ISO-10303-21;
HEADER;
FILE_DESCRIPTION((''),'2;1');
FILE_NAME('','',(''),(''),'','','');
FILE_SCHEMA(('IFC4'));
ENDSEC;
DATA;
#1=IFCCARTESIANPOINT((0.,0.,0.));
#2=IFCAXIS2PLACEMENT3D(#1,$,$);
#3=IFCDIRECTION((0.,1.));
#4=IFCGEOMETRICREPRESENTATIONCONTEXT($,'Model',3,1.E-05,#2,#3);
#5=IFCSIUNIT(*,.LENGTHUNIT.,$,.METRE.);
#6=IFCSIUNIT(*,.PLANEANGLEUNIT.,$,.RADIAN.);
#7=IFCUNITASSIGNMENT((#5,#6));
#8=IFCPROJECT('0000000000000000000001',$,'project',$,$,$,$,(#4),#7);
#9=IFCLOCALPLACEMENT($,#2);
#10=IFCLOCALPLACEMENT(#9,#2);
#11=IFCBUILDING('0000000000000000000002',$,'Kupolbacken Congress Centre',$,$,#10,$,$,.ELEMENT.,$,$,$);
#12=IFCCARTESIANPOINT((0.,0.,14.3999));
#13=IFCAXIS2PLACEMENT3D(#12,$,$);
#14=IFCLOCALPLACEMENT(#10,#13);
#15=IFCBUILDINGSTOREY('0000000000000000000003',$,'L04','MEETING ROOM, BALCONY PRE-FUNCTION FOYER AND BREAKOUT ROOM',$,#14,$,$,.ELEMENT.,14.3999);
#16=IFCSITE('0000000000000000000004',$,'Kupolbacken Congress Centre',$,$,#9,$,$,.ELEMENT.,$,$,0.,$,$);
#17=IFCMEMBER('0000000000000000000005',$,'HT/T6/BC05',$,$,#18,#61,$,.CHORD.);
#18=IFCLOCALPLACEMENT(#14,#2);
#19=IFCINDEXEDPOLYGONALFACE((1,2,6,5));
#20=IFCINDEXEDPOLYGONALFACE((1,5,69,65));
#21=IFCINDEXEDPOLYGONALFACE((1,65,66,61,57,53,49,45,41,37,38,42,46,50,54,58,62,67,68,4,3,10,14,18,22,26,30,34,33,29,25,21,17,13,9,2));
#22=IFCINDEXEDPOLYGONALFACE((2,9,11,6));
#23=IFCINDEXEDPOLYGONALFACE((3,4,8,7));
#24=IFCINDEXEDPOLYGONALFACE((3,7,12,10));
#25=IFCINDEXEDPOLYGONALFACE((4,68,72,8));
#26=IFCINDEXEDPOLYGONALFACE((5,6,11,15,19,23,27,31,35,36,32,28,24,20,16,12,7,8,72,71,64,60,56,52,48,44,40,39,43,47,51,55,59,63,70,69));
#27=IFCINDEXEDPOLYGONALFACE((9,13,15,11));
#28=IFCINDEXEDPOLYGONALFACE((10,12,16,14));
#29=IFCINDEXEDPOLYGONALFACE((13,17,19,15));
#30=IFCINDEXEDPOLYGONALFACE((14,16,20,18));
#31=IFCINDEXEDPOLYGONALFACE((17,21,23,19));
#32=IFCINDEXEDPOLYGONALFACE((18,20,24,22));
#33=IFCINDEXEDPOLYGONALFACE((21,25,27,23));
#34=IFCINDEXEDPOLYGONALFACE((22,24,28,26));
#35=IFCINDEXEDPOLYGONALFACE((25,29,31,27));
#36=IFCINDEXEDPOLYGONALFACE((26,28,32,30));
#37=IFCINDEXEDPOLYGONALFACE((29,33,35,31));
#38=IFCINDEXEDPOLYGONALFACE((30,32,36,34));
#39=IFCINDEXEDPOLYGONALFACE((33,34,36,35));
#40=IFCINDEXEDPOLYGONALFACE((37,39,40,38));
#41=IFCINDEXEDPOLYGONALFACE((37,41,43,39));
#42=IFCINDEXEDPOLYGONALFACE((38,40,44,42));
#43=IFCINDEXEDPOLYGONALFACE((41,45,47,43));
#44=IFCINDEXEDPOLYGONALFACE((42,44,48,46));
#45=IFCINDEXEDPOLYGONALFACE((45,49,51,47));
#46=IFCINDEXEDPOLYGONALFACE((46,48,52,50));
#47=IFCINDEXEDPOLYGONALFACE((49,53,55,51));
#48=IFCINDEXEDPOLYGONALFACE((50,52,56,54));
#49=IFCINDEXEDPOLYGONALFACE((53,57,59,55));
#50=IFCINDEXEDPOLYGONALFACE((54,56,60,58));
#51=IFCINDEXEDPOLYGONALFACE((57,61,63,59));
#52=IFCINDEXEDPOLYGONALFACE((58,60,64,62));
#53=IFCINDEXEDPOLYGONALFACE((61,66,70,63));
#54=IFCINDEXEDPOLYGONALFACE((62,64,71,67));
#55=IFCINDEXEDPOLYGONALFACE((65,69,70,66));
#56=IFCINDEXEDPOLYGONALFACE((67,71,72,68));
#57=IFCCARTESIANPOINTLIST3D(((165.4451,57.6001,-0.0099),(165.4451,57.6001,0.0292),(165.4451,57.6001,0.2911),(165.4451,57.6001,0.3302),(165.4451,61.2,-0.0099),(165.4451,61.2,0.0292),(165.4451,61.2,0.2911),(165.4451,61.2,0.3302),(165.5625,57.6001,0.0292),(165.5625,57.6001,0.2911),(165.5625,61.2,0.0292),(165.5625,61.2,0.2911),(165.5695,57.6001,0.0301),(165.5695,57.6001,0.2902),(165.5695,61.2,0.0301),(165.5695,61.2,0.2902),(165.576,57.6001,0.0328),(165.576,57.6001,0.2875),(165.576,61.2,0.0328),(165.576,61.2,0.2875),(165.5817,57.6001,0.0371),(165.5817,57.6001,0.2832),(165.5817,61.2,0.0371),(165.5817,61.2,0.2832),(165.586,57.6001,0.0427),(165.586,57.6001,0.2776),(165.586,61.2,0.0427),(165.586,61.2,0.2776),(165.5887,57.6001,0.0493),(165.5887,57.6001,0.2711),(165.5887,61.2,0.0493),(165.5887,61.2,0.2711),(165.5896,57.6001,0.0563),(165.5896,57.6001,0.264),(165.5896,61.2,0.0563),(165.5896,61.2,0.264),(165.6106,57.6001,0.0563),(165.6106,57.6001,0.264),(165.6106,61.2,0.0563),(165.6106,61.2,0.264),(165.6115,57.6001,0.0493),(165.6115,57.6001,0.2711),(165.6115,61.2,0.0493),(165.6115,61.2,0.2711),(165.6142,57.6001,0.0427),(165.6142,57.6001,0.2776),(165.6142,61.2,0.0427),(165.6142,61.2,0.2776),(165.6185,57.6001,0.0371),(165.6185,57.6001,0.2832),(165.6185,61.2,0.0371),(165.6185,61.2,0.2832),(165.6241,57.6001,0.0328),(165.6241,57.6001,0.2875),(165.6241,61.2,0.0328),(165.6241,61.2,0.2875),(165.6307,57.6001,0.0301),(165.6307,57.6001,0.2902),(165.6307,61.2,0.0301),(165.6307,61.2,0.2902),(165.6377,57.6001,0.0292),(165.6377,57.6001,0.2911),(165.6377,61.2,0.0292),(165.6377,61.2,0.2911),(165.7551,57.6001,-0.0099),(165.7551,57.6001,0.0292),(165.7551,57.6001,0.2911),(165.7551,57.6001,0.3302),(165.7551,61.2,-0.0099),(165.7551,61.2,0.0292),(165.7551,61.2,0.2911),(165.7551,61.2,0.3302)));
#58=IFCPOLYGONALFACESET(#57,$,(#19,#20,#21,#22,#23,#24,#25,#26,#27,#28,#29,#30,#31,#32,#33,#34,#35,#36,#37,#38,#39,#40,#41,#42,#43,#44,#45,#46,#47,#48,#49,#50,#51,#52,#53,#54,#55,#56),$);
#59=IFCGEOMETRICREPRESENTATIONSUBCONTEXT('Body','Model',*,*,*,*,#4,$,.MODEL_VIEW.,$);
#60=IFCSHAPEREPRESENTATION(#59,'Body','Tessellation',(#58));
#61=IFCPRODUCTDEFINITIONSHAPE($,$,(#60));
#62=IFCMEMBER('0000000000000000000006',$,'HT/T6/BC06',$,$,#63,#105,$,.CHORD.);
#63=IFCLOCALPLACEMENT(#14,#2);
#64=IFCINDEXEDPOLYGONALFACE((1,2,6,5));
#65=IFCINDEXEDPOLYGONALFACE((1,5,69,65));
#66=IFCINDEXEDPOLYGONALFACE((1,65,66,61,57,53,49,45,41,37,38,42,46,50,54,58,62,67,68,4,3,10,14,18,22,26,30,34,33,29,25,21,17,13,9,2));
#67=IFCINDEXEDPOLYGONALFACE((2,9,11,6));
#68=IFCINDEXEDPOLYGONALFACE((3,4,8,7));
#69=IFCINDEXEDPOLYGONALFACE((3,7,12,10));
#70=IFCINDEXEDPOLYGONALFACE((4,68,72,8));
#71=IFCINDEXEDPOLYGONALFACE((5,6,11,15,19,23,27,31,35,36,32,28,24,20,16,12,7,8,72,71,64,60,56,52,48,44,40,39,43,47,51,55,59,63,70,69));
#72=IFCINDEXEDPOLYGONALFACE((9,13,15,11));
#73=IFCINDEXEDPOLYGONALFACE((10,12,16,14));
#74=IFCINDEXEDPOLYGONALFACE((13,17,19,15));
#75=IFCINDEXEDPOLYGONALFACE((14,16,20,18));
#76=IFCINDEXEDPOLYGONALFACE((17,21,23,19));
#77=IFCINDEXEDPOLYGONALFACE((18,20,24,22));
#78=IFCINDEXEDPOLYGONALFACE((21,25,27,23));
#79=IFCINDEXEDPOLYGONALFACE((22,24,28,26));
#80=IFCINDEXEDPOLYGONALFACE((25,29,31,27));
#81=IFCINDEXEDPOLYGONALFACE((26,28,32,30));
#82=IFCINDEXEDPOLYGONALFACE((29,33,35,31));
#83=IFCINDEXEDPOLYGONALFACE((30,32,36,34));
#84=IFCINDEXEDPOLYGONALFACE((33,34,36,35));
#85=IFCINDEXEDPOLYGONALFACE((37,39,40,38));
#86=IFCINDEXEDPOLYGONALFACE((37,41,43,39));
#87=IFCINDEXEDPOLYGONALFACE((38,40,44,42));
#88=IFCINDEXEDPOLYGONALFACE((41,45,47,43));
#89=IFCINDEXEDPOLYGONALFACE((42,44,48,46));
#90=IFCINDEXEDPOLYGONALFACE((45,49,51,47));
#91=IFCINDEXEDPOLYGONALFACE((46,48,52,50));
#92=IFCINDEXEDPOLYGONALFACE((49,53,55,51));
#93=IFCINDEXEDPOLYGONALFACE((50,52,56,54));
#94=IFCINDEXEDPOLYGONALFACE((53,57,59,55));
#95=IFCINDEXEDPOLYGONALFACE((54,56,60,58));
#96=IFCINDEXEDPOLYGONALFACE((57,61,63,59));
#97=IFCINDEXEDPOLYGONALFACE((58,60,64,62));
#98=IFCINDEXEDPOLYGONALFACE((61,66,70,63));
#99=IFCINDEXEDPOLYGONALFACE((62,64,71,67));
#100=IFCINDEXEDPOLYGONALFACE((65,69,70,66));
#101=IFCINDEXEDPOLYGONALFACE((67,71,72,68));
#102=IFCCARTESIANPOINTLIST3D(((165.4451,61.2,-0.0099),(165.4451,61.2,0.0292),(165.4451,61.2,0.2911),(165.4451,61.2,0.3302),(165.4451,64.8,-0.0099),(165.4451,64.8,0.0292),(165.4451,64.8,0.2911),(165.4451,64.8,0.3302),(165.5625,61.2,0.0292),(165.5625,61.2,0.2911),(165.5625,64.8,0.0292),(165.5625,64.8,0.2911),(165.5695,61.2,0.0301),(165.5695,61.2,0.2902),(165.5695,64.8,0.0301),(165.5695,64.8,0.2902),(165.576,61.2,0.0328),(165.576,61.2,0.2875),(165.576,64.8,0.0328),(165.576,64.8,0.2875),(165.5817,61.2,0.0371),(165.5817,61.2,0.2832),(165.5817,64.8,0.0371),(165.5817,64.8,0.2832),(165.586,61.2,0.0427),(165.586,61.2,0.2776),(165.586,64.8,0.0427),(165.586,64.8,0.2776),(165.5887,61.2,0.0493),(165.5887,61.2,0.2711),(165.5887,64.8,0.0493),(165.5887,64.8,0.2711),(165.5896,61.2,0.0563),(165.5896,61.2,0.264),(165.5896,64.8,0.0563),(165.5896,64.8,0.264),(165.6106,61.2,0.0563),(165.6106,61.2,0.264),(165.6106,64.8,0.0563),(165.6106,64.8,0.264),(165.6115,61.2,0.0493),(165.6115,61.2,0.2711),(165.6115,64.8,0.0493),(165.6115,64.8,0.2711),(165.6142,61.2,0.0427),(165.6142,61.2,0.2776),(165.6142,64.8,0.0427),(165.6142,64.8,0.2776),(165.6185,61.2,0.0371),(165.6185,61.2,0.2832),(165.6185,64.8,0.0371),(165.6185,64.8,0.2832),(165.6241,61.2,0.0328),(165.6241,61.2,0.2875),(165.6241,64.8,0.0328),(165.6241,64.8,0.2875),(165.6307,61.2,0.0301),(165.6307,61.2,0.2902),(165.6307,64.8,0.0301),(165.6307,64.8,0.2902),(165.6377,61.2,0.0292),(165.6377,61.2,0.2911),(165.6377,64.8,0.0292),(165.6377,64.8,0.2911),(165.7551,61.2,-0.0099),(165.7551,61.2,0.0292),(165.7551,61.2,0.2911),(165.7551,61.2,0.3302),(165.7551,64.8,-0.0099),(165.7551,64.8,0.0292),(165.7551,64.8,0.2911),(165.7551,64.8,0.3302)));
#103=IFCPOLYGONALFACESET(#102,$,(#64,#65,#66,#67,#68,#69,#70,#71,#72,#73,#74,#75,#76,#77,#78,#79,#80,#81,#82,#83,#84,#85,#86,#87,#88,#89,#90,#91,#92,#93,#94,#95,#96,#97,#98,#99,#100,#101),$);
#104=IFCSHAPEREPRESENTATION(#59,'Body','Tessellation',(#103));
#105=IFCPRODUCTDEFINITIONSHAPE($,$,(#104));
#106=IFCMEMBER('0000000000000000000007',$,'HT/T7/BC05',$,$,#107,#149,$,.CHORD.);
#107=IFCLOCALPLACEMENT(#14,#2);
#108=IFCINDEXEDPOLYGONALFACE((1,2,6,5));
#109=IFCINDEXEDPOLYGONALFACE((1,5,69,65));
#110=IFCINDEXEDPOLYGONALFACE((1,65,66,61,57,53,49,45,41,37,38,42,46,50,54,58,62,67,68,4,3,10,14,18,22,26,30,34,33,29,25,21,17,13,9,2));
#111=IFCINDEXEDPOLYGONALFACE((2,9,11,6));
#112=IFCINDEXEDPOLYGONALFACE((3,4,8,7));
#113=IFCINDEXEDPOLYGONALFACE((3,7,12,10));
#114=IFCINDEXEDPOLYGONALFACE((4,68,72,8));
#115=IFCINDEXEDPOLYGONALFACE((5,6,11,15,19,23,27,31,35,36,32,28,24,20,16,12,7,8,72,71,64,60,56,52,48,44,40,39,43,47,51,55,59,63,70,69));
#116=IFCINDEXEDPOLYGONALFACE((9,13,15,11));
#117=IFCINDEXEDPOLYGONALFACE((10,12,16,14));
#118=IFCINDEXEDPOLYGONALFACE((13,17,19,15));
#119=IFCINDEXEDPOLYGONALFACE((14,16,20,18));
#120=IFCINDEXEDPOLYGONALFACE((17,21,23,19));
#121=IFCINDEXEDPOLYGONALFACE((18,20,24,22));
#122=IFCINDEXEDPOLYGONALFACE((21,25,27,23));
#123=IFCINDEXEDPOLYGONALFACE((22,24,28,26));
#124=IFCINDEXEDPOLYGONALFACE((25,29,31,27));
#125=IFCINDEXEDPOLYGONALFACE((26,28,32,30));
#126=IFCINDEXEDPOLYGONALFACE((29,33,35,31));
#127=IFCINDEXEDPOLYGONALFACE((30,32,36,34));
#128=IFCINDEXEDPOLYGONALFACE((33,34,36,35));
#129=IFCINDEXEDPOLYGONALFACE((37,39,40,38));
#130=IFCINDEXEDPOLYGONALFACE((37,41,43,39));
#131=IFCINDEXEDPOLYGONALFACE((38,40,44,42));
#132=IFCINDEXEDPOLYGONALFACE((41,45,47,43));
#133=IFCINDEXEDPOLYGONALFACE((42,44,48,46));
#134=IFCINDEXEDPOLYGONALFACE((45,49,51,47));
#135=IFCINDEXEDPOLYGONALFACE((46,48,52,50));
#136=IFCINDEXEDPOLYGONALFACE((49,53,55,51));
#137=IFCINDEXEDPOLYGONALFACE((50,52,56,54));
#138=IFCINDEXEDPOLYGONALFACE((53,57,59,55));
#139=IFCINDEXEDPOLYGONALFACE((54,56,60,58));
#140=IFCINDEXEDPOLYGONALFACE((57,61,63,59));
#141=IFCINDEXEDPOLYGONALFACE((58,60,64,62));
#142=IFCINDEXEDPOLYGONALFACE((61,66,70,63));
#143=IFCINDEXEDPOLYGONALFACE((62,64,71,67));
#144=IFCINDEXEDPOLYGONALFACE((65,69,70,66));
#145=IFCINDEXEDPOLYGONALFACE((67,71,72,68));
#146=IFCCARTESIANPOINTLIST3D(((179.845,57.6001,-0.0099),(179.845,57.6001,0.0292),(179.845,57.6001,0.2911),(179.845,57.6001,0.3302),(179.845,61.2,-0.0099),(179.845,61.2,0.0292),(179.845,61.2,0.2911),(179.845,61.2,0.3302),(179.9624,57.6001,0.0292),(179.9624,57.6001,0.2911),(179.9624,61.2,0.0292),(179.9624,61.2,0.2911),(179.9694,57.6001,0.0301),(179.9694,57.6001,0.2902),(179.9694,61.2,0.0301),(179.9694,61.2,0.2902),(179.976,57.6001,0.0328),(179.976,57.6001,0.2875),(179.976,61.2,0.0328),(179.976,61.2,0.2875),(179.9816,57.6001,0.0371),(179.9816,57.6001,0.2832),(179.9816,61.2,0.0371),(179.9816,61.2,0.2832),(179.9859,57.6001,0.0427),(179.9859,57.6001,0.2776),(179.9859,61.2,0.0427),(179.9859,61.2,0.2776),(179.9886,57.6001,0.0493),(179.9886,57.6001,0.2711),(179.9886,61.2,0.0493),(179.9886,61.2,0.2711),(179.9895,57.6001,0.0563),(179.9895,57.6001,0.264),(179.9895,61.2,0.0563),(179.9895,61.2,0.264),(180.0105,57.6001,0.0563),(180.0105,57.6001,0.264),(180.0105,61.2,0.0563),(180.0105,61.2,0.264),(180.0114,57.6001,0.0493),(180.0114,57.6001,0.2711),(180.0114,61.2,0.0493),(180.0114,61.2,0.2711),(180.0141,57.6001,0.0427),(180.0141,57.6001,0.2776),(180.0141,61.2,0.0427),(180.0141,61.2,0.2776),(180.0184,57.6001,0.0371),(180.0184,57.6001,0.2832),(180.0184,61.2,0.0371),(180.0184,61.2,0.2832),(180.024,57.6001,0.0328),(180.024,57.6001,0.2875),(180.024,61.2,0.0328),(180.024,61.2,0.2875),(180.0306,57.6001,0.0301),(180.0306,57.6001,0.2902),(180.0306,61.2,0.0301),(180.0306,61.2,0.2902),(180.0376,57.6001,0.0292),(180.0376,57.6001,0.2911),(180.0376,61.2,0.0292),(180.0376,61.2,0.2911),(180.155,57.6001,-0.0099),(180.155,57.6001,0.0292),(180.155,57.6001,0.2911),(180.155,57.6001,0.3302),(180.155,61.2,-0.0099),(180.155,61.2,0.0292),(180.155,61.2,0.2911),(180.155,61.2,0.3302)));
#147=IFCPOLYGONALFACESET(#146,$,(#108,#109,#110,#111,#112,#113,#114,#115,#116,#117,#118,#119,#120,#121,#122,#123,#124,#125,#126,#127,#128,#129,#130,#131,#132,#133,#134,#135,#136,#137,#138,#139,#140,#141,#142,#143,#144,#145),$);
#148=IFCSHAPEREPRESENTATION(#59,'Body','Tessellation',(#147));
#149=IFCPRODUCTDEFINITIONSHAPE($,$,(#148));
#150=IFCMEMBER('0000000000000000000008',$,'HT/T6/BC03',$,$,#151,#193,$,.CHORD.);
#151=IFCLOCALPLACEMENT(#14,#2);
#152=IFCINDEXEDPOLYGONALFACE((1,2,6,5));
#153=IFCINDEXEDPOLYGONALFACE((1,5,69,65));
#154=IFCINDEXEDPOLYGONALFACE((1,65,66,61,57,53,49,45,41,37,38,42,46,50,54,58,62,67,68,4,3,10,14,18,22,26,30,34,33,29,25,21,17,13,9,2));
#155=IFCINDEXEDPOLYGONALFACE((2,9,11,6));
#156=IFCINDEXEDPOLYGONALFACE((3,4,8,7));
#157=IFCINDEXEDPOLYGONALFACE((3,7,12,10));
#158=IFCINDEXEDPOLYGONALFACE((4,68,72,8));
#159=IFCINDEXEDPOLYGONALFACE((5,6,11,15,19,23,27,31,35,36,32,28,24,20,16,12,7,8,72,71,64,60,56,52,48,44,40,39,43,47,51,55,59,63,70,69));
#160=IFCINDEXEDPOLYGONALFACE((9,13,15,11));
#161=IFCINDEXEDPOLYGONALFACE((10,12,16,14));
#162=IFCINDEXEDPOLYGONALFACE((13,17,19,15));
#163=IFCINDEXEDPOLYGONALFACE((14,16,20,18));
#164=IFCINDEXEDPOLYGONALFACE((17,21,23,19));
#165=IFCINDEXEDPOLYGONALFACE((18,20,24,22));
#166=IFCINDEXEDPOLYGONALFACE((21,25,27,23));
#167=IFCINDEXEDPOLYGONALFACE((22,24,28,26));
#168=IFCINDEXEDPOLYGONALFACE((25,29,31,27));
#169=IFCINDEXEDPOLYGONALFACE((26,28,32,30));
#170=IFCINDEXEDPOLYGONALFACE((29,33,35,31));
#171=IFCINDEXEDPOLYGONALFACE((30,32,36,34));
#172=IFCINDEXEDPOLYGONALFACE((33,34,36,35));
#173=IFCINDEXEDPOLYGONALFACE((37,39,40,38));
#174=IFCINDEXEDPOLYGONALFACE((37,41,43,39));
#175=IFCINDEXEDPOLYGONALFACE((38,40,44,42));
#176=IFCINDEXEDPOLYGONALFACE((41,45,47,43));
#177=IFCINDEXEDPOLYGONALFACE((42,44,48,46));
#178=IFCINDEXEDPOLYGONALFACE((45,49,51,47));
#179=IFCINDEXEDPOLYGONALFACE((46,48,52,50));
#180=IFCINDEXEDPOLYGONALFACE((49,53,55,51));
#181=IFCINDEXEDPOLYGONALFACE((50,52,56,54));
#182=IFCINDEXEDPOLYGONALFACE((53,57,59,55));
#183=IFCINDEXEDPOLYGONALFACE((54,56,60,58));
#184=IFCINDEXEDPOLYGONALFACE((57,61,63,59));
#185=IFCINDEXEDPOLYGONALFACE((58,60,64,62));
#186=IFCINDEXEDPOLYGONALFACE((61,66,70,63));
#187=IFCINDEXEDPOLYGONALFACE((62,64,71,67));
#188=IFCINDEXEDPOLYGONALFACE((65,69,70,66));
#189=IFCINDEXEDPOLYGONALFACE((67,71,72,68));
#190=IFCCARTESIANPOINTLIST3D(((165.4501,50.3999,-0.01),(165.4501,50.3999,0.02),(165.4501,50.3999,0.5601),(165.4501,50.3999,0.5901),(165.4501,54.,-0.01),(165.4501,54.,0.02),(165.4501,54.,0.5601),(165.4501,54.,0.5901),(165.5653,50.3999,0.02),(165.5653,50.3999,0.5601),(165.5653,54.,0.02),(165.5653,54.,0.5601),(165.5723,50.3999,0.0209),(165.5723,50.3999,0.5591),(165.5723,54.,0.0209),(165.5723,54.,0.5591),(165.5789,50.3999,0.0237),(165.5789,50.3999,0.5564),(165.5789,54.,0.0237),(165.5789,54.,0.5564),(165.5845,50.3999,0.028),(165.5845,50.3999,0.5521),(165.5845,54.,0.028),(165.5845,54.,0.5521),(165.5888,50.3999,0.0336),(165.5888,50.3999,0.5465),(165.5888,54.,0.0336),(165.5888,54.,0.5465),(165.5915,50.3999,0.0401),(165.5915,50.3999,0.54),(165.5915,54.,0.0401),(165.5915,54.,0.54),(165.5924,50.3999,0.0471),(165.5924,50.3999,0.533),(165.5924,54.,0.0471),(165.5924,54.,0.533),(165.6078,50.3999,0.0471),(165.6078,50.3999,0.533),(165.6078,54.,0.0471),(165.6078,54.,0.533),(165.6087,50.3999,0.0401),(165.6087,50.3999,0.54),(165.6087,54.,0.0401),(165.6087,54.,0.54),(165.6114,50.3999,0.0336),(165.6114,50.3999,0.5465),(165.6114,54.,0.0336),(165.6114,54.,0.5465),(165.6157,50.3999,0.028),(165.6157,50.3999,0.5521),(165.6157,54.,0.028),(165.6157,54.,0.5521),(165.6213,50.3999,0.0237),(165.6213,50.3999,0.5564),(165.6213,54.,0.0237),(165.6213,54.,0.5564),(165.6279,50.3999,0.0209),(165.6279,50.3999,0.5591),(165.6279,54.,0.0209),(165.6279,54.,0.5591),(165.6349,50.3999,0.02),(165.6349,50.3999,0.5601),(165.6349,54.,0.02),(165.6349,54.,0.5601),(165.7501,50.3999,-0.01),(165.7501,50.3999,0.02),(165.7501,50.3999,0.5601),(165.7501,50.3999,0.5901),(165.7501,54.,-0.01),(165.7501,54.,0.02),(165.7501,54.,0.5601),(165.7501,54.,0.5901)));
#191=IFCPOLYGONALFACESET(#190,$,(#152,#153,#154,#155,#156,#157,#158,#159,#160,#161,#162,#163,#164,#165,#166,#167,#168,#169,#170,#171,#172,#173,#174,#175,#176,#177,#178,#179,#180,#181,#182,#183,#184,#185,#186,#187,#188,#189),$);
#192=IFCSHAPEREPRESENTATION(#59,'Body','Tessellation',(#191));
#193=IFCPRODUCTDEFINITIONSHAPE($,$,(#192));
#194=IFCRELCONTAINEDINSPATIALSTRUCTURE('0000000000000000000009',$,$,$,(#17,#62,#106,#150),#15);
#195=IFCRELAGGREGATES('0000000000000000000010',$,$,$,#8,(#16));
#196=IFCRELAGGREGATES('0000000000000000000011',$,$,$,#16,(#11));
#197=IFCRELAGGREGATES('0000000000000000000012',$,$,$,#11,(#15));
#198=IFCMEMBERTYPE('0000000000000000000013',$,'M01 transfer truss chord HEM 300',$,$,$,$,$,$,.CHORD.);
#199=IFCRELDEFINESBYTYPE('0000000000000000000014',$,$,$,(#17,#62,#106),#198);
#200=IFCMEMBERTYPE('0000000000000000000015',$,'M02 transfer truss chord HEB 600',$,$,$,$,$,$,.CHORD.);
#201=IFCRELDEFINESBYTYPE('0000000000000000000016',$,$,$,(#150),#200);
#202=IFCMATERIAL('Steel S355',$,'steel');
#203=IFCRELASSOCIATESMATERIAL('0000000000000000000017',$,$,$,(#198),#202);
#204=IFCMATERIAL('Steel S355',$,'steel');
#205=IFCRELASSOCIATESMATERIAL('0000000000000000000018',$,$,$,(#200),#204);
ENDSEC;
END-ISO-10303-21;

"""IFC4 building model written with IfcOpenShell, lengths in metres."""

from ifc_helpers import new_model, si_unit, direction, frame, origin, origin_2d, place, context, subcontext, project, spatial, i_section, extrude, material, material_profile, profile_set, type_object, element, save


model = new_model("IFC4")

# Units and contexts
model_context = context("Model", 3, precision=1e-05, world=origin(), true_north=direction((0.0, 1.0)))
body_context = subcontext(model_context, "Body", "Model", "MODEL_VIEW")
ifc_project = project(units=[si_unit("LENGTHUNIT", "METRE"), si_unit("PLANEANGLEUNIT", "RADIAN")], contexts=[model_context])

# Site, building, storey
site_placement = place(None, origin())
site = spatial("IfcSite", under=ifc_project, at=site_placement, Name="Kupolbacken Congress Centre", CompositionType="ELEMENT", RefElevation=0.0)
building_placement = place(site_placement, origin())
building = spatial("IfcBuilding", under=site, at=building_placement, Name="Kupolbacken Congress Centre", CompositionType="ELEMENT")
storey_placement = place(building_placement, frame((0.0, 0.0, 14.3999)))
storey = spatial("IfcBuildingStorey", under=building, at=storey_placement, Name="L04", Description="MEETING ROOM, BALCONY PRE-FUNCTION FOYER AND BREAKOUT ROOM", CompositionType="ELEMENT", Elevation=14.3999)

# Members
ifc_material_1 = material(Name="Steel S355", Category="steel")
ifc_material_profile_1 = material_profile(ifc_material_1, i_section(OverallWidth=0.3101, OverallDepth=0.3401, WebThickness=0.021, FlangeThickness=0.0391, FilletRadius=0.0271, at=origin_2d()), Name="HEM 300")
ifc_profile_set_1 = profile_set([ifc_material_profile_1], Name="Steel S355")
member_type_1 = type_object("IfcMemberType", Name="M01 transfer truss chord HEM 300", PredefinedType="CHORD", material=ifc_profile_set_1)
member_1_placement = place(storey_placement, frame((165.6001, 57.6001, 0.1602), z_axis=(0.0, 1.0, 0.0), x_axis=(-1.0, 0.0, 0.0)))
element("IfcMember", 1, at=member_1_placement, inside=storey, type_object=member_type_1, Name="HT/T6/BC05", PredefinedType="CHORD", context=body_context, shape_type="SweptSolid", body=[
    extrude(i_section(OverallWidth=0.3101, OverallDepth=0.3401, WebThickness=0.021, FlangeThickness=0.0391, FilletRadius=0.0271, at=origin_2d()), origin(), (0.0, 0.0, 1.0), 3.5999),
])
member_2_placement = place(storey_placement, frame((165.6001, 61.2, 0.1602), z_axis=(0.0, 1.0, 0.0), x_axis=(-1.0, 0.0, 0.0)))
element("IfcMember", 2, at=member_2_placement, inside=storey, type_object=member_type_1, Name="HT/T6/BC06", PredefinedType="CHORD", context=body_context, shape_type="SweptSolid", body=[
    extrude(i_section(OverallWidth=0.3101, OverallDepth=0.3401, WebThickness=0.021, FlangeThickness=0.0391, FilletRadius=0.0271, at=origin_2d()), origin(), (0.0, 0.0, 1.0), 3.6001),
])
member_3_placement = place(storey_placement, frame((180.0, 57.6001, 0.1602), z_axis=(0.0, 1.0, 0.0), x_axis=(-1.0, 0.0, 0.0)))
element("IfcMember", 3, at=member_3_placement, inside=storey, type_object=member_type_1, Name="HT/T7/BC05", PredefinedType="CHORD", context=body_context, shape_type="SweptSolid", body=[
    extrude(i_section(OverallWidth=0.3101, OverallDepth=0.3401, WebThickness=0.021, FlangeThickness=0.0391, FilletRadius=0.0271, at=origin_2d()), origin(), (0.0, 0.0, 1.0), 3.5999),
])
ifc_material_2 = material(Name="Steel S355", Category="steel")
ifc_material_profile_2 = material_profile(ifc_material_2, i_section(OverallWidth=0.3, OverallDepth=0.6001, WebThickness=0.0154, FlangeThickness=0.03, FilletRadius=0.0271, at=origin_2d()), Name="HEB 600")
ifc_profile_set_2 = profile_set([ifc_material_profile_2], Name="Steel S355")
member_type_2 = type_object("IfcMemberType", Name="M02 transfer truss chord HEB 600", PredefinedType="CHORD", material=ifc_profile_set_2)
for number, where, z_axis, x_axis, name in (
    (4, (165.6001, 50.3999, 0.29), (0.0, 1.0, 0.0), (-1.0, 0.0, 0.0), "HT/T6/BC03"),
):
    element("IfcMember", number, at=place(storey_placement, frame(where, z_axis=z_axis, x_axis=x_axis)), inside=storey, type_object=member_type_2, Name=name, PredefinedType="CHORD", context=body_context, shape_type="SweptSolid", body=[
        extrude(i_section(OverallWidth=0.3, OverallDepth=0.6001, WebThickness=0.0154, FlangeThickness=0.03, FilletRadius=0.0271, at=origin_2d()), origin(), (0.0, 0.0, 1.0), 3.6001),
    ])

save(model, "model.ifc")
